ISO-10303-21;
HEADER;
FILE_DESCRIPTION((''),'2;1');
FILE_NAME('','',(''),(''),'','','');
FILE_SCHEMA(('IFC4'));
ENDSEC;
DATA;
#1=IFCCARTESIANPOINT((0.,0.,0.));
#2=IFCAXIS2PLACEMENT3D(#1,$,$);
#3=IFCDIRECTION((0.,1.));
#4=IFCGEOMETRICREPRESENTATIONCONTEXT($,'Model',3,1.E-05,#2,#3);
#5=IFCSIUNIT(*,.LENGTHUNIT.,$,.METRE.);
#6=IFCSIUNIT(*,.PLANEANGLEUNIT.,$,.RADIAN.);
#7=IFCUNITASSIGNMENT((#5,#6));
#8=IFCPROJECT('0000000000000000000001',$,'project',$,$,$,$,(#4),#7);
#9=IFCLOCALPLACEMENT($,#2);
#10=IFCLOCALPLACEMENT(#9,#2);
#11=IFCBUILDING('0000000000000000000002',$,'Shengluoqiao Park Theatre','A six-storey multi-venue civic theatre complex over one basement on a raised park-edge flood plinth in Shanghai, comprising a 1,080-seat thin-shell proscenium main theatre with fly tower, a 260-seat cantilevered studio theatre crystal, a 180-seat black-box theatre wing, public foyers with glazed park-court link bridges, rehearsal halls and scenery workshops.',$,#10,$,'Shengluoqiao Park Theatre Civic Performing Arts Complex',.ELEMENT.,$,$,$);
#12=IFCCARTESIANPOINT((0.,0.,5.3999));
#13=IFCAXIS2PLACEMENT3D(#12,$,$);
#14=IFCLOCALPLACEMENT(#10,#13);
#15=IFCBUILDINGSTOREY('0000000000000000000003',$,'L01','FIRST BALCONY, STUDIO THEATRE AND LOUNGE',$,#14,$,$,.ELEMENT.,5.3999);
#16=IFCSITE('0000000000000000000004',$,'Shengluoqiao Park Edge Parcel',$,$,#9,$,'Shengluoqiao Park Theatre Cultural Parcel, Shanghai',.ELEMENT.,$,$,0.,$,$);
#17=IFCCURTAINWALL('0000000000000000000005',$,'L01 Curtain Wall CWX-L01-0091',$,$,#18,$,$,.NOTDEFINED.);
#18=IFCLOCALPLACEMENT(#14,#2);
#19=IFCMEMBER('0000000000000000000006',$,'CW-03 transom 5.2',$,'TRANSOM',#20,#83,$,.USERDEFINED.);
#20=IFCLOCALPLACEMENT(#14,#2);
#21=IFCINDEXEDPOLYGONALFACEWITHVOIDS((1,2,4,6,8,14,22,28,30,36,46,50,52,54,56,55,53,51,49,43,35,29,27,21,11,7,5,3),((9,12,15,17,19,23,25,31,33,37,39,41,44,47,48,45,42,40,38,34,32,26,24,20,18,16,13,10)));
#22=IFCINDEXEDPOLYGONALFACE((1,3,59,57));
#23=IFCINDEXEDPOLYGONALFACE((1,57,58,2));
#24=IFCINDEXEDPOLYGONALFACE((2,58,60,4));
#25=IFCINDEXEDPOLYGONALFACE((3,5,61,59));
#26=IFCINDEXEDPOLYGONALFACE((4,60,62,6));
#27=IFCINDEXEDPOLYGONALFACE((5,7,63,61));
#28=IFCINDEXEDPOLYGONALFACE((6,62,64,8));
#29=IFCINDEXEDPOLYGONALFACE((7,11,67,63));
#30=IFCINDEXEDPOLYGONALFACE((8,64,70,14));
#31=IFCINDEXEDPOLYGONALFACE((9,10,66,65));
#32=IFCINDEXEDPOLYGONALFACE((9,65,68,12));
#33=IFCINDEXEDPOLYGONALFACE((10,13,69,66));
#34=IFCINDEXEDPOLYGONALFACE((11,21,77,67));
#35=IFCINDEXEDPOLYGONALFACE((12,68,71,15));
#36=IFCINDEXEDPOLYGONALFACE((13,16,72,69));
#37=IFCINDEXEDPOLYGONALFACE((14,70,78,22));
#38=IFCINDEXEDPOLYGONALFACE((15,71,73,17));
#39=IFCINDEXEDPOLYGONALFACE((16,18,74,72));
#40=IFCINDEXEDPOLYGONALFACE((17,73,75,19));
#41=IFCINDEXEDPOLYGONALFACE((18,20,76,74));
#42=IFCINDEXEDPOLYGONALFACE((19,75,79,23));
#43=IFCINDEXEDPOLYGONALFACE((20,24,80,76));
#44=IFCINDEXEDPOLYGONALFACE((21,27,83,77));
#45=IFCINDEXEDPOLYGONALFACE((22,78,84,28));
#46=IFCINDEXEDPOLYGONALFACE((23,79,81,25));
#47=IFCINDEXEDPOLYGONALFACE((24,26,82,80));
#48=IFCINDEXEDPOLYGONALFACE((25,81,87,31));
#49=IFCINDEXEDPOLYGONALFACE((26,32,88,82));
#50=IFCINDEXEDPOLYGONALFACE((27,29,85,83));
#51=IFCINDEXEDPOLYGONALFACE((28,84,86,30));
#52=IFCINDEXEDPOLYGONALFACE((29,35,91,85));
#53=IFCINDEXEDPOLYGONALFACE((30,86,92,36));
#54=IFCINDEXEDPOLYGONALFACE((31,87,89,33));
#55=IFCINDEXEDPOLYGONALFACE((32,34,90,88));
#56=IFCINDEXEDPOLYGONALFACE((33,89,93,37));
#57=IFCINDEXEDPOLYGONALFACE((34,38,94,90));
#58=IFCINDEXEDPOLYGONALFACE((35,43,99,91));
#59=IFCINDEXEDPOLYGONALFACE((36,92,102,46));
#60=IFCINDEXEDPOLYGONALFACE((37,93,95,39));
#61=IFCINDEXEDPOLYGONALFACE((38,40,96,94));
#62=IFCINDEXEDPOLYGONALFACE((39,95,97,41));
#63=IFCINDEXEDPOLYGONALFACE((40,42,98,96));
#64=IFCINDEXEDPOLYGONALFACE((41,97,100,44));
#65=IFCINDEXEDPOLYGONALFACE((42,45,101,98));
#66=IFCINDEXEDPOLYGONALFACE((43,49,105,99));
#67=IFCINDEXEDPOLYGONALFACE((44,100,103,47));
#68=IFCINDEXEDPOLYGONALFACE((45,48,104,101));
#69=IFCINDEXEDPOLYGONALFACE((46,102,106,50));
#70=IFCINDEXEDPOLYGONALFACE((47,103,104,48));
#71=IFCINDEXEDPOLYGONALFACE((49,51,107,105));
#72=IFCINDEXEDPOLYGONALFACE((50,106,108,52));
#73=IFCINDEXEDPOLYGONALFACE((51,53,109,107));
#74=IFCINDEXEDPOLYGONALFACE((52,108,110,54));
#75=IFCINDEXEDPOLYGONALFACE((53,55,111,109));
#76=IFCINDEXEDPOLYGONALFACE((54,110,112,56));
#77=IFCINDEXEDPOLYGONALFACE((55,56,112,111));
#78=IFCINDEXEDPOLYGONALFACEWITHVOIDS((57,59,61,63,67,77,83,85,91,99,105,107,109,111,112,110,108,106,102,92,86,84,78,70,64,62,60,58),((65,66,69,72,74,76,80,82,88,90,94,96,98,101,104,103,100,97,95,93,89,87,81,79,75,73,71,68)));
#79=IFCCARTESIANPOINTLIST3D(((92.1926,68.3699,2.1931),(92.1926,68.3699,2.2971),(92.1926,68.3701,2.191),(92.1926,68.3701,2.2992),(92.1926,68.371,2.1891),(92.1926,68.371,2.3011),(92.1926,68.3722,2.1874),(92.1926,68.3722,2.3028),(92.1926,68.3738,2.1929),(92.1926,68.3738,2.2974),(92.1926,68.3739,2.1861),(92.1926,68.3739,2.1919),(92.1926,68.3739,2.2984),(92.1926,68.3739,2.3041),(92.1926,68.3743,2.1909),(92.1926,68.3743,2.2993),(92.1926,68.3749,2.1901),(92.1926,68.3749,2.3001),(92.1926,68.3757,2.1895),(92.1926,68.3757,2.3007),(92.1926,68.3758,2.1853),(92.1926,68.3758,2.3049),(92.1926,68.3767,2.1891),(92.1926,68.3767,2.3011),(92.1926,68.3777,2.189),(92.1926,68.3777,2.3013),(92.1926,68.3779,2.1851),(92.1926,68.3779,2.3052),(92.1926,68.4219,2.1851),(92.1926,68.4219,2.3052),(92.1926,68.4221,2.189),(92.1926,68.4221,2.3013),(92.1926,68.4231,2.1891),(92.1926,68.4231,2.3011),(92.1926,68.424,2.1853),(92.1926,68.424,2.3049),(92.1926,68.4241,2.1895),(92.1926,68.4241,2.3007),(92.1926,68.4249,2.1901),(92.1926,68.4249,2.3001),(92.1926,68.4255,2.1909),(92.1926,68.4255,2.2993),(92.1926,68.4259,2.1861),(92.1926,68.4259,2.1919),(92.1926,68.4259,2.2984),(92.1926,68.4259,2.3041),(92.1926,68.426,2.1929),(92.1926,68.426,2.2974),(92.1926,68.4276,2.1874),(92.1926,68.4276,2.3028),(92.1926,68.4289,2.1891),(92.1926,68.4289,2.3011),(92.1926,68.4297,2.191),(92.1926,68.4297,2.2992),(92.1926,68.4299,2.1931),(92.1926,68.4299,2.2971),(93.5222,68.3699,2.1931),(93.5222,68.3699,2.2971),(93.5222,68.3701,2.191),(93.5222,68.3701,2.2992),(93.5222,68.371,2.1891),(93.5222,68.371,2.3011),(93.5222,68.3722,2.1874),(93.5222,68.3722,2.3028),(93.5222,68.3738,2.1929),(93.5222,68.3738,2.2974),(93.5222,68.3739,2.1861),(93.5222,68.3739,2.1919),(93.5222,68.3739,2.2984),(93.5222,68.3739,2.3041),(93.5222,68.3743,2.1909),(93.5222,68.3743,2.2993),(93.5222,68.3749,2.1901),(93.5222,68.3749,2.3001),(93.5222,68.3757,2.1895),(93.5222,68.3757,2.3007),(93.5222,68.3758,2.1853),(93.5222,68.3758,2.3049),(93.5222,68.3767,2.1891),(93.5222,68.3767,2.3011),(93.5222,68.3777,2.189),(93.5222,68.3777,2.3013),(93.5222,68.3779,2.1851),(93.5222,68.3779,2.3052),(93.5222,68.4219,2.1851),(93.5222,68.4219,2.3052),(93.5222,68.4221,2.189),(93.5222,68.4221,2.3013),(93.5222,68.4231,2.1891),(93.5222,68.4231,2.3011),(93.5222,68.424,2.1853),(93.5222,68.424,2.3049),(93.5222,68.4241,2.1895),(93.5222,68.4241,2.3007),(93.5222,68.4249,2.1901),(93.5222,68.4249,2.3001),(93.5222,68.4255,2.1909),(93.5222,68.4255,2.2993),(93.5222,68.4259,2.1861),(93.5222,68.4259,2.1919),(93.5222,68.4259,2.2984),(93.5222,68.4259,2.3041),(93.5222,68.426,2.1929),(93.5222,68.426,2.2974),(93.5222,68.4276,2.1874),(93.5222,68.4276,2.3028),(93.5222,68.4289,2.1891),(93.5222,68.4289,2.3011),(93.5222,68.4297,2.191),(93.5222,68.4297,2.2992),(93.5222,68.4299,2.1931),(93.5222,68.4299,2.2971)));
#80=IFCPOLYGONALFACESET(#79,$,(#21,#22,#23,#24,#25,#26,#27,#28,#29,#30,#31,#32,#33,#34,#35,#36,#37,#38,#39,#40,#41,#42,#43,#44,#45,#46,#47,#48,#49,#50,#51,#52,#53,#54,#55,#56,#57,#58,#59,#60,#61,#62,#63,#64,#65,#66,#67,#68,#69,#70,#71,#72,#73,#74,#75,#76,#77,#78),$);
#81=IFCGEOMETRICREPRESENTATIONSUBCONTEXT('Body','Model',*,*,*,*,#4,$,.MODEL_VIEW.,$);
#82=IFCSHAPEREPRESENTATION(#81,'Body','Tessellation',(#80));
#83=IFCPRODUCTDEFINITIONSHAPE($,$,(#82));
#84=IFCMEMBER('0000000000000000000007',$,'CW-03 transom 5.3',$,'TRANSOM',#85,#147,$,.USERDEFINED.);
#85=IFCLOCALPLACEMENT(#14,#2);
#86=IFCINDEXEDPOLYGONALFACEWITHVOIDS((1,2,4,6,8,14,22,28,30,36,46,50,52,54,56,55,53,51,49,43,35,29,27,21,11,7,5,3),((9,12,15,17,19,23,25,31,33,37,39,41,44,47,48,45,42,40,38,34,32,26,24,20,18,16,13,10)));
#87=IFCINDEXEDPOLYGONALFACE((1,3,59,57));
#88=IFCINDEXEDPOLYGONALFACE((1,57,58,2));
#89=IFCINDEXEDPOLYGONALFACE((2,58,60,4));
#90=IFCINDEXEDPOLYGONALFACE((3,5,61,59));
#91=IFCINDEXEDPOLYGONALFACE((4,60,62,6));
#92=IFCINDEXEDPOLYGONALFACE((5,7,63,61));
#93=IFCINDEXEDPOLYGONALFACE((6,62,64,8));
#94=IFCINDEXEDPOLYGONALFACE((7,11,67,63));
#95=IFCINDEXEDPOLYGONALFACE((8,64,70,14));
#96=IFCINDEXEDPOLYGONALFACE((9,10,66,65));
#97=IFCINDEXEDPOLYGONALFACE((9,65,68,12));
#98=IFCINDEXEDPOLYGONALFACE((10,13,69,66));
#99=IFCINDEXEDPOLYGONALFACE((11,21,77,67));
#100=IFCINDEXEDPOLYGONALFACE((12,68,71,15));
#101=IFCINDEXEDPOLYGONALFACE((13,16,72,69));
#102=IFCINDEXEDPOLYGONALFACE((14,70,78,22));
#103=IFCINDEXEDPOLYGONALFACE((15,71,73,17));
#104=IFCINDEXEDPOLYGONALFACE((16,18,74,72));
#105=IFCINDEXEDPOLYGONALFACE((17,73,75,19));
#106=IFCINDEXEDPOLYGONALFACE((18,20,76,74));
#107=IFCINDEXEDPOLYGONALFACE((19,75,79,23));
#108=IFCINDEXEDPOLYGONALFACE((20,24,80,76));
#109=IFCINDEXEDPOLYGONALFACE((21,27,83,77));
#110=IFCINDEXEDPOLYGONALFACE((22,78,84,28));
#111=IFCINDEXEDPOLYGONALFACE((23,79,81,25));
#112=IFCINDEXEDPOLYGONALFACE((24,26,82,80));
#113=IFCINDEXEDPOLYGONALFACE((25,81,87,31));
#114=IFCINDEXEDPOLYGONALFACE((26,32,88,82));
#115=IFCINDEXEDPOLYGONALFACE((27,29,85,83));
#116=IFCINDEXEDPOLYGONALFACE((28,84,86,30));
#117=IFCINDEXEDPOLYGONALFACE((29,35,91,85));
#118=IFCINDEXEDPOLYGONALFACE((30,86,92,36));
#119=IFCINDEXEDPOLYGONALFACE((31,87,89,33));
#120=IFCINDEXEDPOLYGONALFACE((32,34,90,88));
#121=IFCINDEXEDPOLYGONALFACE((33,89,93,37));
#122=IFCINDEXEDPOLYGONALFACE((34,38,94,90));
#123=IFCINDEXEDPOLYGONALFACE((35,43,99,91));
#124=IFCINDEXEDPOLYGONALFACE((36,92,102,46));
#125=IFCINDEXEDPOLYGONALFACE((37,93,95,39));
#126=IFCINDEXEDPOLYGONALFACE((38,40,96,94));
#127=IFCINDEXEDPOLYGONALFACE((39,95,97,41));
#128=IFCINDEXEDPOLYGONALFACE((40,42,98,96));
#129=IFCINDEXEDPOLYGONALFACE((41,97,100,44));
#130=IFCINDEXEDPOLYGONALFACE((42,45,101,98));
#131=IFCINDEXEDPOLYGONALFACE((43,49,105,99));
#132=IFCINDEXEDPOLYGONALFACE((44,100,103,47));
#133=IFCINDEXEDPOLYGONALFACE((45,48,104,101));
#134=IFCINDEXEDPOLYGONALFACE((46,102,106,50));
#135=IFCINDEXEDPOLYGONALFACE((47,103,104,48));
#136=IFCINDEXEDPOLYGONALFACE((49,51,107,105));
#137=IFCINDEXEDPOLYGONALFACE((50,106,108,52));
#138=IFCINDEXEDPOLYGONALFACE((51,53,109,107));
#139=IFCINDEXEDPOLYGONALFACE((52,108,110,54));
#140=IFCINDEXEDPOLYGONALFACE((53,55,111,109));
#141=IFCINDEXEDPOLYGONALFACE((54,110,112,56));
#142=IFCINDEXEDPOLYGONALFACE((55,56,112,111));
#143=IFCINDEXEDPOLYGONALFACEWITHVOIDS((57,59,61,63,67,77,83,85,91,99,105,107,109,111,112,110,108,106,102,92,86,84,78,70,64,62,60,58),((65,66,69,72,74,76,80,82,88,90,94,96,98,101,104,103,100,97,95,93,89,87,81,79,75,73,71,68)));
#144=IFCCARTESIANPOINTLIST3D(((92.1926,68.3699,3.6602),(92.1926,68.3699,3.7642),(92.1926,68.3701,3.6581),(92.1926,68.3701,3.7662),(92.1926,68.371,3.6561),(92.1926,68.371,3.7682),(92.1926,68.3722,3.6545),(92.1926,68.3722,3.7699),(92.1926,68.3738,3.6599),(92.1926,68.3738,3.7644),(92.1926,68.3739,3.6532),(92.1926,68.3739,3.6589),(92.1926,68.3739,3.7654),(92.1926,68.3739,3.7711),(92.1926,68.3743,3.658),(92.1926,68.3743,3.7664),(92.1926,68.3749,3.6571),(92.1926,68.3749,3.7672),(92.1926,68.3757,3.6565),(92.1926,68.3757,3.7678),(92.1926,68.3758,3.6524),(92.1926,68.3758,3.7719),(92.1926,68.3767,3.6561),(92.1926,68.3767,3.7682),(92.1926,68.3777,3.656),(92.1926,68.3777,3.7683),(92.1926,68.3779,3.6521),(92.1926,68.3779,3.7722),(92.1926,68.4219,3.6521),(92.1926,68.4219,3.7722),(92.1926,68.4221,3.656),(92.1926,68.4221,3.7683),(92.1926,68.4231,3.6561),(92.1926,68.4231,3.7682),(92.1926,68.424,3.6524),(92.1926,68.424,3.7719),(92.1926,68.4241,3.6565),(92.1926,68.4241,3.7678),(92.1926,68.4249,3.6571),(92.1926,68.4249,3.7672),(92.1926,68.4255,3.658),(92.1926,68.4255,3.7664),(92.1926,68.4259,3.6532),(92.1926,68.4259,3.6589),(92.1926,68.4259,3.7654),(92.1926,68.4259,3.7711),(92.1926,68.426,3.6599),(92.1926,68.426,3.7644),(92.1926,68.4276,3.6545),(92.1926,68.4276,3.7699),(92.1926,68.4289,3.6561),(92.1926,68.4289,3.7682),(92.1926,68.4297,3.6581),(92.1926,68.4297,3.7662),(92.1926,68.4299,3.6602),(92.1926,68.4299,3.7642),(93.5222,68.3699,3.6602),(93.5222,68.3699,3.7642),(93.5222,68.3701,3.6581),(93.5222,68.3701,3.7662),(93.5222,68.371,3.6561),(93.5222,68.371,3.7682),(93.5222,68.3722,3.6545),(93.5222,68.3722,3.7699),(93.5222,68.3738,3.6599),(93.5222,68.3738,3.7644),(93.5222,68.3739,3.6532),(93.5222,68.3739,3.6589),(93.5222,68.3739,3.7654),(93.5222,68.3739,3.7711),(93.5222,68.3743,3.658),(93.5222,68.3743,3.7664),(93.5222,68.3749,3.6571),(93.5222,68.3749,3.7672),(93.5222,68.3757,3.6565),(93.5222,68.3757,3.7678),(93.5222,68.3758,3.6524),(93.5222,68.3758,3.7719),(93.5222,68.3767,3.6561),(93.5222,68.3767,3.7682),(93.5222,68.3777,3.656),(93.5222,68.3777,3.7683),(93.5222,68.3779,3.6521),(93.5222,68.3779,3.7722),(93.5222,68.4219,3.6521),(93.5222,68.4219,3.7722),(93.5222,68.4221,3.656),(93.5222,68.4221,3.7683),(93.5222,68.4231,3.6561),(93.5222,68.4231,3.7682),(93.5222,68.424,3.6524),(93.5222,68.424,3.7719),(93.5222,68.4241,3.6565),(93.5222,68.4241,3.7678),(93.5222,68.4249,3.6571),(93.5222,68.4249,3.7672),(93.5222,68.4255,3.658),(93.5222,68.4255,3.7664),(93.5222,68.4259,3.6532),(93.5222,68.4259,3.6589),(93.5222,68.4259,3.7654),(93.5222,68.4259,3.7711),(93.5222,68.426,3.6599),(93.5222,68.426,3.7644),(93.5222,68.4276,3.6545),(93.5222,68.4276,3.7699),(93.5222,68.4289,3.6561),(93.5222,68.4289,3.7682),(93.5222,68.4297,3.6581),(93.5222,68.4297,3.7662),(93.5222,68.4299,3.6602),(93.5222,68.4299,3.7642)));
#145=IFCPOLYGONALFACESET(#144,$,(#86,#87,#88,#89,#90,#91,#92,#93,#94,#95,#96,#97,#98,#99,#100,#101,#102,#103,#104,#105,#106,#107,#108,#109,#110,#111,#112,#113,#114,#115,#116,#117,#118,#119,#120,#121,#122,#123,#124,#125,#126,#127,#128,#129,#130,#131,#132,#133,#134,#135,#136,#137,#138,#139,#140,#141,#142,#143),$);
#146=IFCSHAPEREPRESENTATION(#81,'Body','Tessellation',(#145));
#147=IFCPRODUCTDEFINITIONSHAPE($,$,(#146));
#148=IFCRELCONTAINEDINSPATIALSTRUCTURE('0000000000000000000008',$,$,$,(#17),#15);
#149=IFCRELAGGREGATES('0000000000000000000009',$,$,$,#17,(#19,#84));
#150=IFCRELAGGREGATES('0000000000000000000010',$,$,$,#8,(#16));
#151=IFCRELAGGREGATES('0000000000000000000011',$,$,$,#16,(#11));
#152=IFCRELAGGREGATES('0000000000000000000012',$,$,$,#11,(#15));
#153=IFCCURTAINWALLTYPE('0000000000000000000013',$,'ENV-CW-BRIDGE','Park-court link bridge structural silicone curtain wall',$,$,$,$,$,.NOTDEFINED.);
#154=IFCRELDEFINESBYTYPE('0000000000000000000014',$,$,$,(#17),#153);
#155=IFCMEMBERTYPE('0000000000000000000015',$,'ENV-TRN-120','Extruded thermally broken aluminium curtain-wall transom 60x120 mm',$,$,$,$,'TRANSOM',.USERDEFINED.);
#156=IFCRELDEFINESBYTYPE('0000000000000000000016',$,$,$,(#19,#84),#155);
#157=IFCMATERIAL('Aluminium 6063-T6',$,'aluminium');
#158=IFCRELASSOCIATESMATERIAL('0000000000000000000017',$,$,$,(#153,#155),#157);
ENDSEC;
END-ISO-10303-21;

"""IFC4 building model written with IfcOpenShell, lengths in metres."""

from ifc_helpers import new_model, si_unit, direction, frame, origin, origin_2d, place, context, subcontext, project, spatial, hollow_rectangle, extrude, material, material_profile, profile_set, type_object, element, aggregate, save


model = new_model("IFC4")

# Units and contexts
model_context = context("Model", 3, precision=1e-05, world=origin(), true_north=direction((0.0, 1.0)))
body_context = subcontext(model_context, "Body", "Model", "MODEL_VIEW")
ifc_project = project(units=[si_unit("LENGTHUNIT", "METRE"), si_unit("PLANEANGLEUNIT", "RADIAN")], contexts=[model_context])

# Site, building, storey
site_placement = place(None, origin())
site = spatial("IfcSite", under=ifc_project, at=site_placement, Name="Shengluoqiao Park Edge Parcel", LongName="Shengluoqiao Park Theatre Cultural Parcel, Shanghai", CompositionType="ELEMENT", RefElevation=0.0)
building_placement = place(site_placement, origin())
building = spatial("IfcBuilding", under=site, at=building_placement, Name="Shengluoqiao Park Theatre", Description="A six-storey multi-venue civic theatre complex over one basement on a raised park-edge flood plinth in Shanghai, comprising a 1,080-seat thin-shell proscenium main theatre with fly tower, a 260-seat cantilevered studio theatre crystal, a 180-seat black-box theatre wing, public foyers with glazed park-court link bridges, rehearsal halls and scenery workshops.", LongName="Shengluoqiao Park Theatre Civic Performing Arts Complex", CompositionType="ELEMENT")
storey_placement = place(building_placement, frame((0.0, 0.0, 5.3999)))
storey = spatial("IfcBuildingStorey", under=building, at=storey_placement, Name="L01", Description="FIRST BALCONY, STUDIO THEATRE AND LOUNGE", CompositionType="ELEMENT", Elevation=5.3999)

# Curtain wall
ifc_material_1 = material(Name="Aluminium 6063-T6", Category="aluminium")
curtain_wall_type = type_object("IfcCurtainWallType", Name="ENV-CW-BRIDGE", Description="Park-court link bridge structural silicone curtain wall", PredefinedType="NOTDEFINED", material=ifc_material_1)
curtain_wall_1_placement = place(storey_placement, origin())
curtain_wall_1 = element("IfcCurtainWall", 1, at=curtain_wall_1_placement, inside=storey, type_object=curtain_wall_type, Name="L01 Curtain Wall CWX-L01-0091", PredefinedType="NOTDEFINED")

# Members
ifc_material_profile_1 = material_profile(ifc_material_1, hollow_rectangle(XDim=0.0601, YDim=0.1201, WallThickness=0.0039, InnerFilletRadius=0.0039, OuterFilletRadius=0.0081, at=origin_2d()), Name="ALU TRANSOM 120x60x4")
ifc_profile_set_1 = profile_set([ifc_material_profile_1], Name="Aluminium 6063-T6")
member_type_1 = type_object("IfcMemberType", Name="ENV-TRN-120", Description="Extruded thermally broken aluminium curtain-wall transom 60x120 mm", ElementType="TRANSOM", PredefinedType="USERDEFINED", material=ifc_profile_set_1)
member_1_placement = place(storey_placement, frame((92.1926, 68.3999, 2.2451), z_axis=(1.0, 0.0, 0.0), x_axis=(0.0, 1.0, 0.0)))
member_1 = element("IfcMember", 2, at=member_1_placement, type_object=member_type_1, Name="CW-03 transom 5.2", ObjectType="TRANSOM", PredefinedType="USERDEFINED", context=body_context, shape_type="SweptSolid", body=[
    extrude(hollow_rectangle(XDim=0.0601, YDim=0.1201, WallThickness=0.0039, InnerFilletRadius=0.0039, OuterFilletRadius=0.0081, at=origin_2d()), origin(), (0.0, 0.0, 1.0), 1.3296),
])
member_2_placement = place(storey_placement, frame((92.1926, 68.3999, 3.7122), z_axis=(1.0, 0.0, 0.0), x_axis=(0.0, 1.0, 0.0)))
member_2 = element("IfcMember", 3, at=member_2_placement, type_object=member_type_1, Name="CW-03 transom 5.3", ObjectType="TRANSOM", PredefinedType="USERDEFINED", context=body_context, shape_type="SweptSolid", body=[
    extrude(hollow_rectangle(XDim=0.0601, YDim=0.1201, WallThickness=0.0039, InnerFilletRadius=0.0039, OuterFilletRadius=0.0081, at=origin_2d()), origin(), (0.0, 0.0, 1.0), 1.3296),
])

aggregate(curtain_wall_1, [member_1, member_2])

save(model, "model.ifc")
